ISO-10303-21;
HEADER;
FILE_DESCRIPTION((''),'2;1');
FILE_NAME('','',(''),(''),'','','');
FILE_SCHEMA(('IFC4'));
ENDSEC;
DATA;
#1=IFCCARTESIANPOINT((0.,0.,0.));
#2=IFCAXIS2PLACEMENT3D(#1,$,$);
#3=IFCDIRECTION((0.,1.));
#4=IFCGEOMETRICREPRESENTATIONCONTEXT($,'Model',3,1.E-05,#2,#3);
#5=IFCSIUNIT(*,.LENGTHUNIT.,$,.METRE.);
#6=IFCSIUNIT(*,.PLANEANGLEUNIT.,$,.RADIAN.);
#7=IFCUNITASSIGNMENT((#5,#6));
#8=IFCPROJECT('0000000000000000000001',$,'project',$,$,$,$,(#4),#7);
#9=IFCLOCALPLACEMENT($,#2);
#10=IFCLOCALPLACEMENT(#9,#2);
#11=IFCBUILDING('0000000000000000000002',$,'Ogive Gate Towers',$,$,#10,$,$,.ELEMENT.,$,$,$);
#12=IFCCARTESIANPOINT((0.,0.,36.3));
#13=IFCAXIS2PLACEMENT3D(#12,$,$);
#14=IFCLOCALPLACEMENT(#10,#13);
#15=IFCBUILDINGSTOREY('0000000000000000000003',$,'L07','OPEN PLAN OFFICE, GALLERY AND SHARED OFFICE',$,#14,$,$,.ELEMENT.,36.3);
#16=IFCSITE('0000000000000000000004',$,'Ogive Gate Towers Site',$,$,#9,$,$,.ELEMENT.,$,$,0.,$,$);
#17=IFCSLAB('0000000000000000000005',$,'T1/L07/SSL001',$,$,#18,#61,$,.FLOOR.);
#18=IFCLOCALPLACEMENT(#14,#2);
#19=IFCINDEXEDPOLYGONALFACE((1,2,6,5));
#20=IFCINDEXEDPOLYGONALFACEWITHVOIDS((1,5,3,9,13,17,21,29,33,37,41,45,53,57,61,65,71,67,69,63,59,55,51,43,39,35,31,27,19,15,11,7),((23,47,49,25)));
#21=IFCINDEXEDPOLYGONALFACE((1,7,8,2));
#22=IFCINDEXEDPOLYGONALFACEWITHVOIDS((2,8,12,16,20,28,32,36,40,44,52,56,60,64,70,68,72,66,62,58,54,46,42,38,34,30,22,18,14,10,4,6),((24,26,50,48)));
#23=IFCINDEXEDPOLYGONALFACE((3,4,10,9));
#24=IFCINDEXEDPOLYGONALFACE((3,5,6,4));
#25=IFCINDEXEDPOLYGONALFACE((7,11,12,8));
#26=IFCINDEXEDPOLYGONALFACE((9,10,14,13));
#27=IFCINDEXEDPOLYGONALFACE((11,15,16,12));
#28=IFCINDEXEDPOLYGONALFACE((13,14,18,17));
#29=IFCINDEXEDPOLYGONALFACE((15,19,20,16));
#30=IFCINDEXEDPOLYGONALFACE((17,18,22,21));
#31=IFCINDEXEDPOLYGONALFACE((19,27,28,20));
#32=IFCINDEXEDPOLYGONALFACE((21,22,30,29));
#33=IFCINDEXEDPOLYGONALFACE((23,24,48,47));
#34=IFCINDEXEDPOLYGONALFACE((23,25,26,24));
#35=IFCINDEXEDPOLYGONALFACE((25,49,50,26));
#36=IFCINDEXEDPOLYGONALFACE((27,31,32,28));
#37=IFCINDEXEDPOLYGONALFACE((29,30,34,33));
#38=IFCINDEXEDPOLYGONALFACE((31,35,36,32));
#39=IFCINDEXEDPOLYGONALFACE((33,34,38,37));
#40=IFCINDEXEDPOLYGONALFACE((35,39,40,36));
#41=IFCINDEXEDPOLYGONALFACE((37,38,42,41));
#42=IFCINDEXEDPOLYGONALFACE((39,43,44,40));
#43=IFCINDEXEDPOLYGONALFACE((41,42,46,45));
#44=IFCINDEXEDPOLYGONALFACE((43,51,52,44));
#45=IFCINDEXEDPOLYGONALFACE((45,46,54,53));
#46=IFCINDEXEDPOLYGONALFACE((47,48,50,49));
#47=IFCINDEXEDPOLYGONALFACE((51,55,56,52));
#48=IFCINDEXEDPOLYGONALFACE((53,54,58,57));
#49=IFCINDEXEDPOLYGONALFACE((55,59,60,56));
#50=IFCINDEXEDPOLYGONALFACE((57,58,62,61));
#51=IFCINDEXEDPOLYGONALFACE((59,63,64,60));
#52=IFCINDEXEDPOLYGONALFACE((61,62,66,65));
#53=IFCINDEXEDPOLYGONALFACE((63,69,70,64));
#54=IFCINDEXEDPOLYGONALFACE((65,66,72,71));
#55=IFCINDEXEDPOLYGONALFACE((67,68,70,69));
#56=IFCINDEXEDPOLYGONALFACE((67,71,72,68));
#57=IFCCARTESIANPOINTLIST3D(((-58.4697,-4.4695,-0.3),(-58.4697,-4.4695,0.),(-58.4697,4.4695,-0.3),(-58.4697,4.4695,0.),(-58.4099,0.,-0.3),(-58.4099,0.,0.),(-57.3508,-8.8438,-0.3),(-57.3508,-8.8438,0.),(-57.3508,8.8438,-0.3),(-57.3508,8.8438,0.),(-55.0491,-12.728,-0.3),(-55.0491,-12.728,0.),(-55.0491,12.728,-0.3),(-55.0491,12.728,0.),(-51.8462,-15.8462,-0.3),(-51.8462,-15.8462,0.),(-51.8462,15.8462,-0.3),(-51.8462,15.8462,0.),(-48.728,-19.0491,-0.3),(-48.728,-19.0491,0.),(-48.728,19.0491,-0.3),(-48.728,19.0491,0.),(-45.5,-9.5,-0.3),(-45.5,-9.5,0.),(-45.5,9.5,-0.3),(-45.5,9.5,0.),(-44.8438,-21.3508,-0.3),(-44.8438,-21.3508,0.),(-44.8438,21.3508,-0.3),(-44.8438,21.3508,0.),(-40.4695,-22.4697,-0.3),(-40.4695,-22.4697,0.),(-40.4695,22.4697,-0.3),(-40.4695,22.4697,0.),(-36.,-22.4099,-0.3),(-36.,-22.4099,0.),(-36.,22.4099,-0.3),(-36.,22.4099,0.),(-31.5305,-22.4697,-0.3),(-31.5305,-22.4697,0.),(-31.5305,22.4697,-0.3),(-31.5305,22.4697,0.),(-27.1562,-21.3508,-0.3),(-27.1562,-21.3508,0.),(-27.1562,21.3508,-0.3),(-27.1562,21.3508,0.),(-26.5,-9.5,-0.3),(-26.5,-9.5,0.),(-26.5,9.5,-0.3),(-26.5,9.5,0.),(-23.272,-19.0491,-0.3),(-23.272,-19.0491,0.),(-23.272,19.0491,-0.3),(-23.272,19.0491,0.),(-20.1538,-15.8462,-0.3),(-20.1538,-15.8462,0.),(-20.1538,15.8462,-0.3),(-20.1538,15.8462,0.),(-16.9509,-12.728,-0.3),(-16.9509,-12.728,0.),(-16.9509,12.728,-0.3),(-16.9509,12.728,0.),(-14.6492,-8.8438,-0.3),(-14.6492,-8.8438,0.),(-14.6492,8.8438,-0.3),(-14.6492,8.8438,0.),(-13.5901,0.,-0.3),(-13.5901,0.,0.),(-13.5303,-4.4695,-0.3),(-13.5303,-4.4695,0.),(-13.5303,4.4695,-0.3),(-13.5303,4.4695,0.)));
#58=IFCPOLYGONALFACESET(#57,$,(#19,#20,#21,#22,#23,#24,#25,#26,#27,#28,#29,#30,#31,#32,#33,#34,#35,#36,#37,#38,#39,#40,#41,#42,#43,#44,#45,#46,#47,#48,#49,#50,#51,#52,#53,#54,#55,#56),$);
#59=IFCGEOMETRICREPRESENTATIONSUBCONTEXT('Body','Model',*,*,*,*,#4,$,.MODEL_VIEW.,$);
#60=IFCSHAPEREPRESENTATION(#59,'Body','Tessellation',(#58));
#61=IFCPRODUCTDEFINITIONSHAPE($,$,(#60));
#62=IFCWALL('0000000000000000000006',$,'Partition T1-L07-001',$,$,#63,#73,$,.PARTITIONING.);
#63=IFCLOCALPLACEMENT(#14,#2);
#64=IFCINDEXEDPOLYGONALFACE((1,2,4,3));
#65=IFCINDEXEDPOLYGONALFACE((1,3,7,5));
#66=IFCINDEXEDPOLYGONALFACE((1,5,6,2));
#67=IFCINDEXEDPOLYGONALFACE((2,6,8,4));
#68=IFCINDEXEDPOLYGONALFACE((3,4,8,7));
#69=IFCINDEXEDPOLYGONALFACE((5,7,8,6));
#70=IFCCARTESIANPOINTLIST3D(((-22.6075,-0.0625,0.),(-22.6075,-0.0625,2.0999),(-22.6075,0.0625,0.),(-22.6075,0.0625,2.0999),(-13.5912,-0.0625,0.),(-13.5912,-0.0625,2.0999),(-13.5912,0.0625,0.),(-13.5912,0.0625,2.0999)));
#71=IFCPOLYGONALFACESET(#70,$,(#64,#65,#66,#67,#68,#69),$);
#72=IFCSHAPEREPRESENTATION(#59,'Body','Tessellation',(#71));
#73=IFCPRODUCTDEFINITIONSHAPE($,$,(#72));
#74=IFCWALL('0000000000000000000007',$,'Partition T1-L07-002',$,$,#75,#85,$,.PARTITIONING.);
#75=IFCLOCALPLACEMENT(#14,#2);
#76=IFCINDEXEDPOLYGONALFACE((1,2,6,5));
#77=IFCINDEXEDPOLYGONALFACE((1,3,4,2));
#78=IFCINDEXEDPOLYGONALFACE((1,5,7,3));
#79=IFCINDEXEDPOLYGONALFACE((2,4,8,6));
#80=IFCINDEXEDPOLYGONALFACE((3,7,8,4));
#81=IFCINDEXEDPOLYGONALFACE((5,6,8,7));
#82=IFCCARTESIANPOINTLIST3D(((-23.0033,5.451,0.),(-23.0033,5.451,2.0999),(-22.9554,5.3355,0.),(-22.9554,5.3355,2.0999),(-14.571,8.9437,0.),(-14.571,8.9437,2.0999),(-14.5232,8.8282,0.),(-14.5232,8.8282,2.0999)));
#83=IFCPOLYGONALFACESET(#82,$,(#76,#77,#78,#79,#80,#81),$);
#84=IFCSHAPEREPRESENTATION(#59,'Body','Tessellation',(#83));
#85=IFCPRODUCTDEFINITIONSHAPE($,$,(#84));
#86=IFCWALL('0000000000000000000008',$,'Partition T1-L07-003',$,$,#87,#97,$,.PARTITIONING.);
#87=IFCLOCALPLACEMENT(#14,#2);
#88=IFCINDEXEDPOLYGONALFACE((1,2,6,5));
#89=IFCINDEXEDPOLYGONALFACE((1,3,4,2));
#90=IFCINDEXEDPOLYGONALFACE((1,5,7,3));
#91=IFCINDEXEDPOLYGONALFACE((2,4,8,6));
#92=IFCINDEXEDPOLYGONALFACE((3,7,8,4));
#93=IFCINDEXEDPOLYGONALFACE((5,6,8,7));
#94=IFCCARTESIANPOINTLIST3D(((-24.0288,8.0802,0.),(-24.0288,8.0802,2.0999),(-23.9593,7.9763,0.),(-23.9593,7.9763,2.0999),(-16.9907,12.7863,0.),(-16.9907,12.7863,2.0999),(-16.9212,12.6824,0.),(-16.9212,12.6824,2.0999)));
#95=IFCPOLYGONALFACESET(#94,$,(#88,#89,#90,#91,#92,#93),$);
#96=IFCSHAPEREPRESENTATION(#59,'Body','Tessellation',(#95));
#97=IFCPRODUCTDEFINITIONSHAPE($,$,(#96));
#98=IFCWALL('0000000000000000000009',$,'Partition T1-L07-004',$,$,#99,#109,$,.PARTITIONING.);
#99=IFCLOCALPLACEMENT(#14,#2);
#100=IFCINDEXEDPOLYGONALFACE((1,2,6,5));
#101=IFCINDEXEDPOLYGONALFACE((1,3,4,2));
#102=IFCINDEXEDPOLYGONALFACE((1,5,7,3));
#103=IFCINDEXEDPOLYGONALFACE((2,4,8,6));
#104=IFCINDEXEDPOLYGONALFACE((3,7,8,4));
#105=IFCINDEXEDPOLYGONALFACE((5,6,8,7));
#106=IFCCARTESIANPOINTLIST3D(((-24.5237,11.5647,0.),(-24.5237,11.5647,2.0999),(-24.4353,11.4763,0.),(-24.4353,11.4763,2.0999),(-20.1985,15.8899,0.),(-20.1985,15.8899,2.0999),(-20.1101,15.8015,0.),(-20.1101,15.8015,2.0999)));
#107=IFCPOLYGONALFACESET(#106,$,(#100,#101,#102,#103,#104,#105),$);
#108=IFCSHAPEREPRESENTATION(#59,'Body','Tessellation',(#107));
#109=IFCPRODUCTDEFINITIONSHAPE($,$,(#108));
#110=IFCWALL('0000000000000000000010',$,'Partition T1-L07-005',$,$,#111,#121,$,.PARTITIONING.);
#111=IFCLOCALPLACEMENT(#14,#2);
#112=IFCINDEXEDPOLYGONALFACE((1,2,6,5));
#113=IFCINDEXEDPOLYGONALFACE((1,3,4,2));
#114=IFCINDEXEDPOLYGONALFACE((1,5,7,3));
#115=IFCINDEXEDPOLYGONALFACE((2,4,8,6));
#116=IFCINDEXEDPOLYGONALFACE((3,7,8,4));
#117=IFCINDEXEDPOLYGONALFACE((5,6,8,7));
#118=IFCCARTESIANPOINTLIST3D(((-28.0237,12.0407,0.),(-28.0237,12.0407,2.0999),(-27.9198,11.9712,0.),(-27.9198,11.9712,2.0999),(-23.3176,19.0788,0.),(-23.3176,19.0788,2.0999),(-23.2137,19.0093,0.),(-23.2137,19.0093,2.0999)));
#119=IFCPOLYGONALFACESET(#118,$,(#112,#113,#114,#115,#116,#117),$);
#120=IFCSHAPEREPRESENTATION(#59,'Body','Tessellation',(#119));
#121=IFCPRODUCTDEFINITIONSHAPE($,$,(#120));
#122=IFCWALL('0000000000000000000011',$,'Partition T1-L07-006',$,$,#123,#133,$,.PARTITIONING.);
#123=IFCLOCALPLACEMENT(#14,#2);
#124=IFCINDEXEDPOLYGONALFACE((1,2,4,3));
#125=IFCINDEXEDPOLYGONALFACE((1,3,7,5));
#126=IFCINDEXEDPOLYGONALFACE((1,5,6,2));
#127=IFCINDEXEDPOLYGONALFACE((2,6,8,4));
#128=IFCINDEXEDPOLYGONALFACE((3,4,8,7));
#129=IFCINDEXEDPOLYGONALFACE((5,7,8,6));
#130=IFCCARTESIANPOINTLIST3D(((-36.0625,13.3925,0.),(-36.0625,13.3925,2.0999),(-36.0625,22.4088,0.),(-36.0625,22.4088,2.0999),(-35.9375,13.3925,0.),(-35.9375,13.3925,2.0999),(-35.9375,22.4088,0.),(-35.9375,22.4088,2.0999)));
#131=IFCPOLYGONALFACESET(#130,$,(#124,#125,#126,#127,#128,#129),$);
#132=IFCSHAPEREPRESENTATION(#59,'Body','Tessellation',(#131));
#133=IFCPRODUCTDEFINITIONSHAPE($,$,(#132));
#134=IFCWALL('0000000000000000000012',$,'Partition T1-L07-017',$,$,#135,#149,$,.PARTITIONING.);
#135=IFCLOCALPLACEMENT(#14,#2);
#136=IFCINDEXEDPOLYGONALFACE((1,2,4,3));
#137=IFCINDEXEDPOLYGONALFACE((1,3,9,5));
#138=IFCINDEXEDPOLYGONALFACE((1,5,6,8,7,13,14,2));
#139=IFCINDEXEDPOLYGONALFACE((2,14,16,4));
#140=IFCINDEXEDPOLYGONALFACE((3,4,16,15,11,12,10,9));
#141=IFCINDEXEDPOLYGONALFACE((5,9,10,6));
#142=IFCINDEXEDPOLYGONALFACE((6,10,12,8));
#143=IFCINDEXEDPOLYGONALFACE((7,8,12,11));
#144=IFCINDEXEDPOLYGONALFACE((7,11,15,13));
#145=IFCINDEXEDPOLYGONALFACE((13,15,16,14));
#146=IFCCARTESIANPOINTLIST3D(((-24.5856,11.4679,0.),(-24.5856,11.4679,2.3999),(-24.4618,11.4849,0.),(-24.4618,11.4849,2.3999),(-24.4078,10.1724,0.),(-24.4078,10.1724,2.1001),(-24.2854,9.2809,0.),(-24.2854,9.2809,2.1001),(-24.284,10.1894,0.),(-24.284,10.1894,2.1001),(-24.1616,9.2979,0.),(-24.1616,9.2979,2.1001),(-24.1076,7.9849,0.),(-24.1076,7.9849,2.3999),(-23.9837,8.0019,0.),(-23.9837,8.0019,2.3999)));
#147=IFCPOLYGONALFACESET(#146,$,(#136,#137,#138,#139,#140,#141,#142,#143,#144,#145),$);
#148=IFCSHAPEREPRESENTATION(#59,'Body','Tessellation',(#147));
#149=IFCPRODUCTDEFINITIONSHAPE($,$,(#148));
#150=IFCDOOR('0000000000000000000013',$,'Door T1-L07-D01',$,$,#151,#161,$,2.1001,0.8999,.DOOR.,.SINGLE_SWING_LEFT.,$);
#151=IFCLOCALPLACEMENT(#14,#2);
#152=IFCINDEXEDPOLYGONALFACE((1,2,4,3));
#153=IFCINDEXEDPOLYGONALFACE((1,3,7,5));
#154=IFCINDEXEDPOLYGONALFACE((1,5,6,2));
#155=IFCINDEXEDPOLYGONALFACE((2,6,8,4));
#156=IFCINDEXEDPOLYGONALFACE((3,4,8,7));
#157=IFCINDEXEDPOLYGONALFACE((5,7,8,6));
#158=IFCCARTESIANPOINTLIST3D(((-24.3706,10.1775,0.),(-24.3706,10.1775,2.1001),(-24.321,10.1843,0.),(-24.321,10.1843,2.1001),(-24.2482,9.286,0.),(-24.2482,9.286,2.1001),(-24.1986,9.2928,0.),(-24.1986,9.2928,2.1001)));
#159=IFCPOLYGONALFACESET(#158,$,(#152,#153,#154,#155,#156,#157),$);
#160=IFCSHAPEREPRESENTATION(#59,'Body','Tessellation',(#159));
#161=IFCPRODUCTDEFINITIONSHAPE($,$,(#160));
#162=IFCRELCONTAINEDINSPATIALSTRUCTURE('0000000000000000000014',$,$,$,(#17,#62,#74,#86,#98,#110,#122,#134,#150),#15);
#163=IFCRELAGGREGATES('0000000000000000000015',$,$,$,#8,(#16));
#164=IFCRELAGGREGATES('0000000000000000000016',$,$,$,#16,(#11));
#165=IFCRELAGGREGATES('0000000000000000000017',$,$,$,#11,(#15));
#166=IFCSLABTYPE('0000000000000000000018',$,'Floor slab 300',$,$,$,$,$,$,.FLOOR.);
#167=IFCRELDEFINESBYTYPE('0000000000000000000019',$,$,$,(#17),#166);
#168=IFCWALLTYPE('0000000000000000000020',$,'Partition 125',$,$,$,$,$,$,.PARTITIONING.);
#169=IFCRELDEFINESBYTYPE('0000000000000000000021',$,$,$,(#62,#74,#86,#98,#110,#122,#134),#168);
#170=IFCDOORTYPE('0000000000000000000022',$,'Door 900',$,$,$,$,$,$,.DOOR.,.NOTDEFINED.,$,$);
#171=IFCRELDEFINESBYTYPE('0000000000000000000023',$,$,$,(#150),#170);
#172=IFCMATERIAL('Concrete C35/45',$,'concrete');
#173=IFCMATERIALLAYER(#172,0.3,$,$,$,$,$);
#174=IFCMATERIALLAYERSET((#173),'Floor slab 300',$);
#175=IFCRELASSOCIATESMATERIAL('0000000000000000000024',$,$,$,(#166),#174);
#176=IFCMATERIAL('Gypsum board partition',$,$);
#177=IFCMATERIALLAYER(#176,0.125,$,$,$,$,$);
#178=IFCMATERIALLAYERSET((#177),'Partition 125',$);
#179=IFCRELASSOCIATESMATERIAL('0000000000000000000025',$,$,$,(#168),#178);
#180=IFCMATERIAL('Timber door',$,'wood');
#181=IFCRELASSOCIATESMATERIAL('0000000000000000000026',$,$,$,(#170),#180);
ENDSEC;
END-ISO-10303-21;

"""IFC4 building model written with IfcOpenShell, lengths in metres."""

from ifc_helpers import new_model, si_unit, direction, frame, frame_2d, origin, place, context, subcontext, project, spatial, polyline, rectangle, outline, extrude, material, layer, layer_set, type_object, element, fill, save


model = new_model("IFC4")

# Units and contexts
model_context = context("Model", 3, precision=1e-05, world=origin(), true_north=direction((0.0, 1.0)))
body_context = subcontext(model_context, "Body", "Model", "MODEL_VIEW")
ifc_project = project(units=[si_unit("LENGTHUNIT", "METRE"), si_unit("PLANEANGLEUNIT", "RADIAN")], contexts=[model_context])

# Site, building, storey
site_placement = place(None, origin())
site = spatial("IfcSite", under=ifc_project, at=site_placement, Name="Ogive Gate Towers Site", CompositionType="ELEMENT", RefElevation=0.0)
building_placement = place(site_placement, origin())
building = spatial("IfcBuilding", under=site, at=building_placement, Name="Ogive Gate Towers", CompositionType="ELEMENT")
storey_placement = place(building_placement, frame((0.0, 0.0, 36.3)))
storey = spatial("IfcBuildingStorey", under=building, at=storey_placement, Name="L07", Description="OPEN PLAN OFFICE, GALLERY AND SHARED OFFICE", CompositionType="ELEMENT", Elevation=36.3)

# Slab
ifc_material_1 = material(Name="Concrete C35/45", Category="concrete")
ifc_layer_1 = layer(ifc_material_1, 0.3)
ifc_layer_set_1 = layer_set([ifc_layer_1], Name="Floor slab 300")
slab_type = type_object("IfcSlabType", Name="Floor slab 300", PredefinedType="FLOOR", material=ifc_layer_set_1)
slab_placement = place(storey_placement, frame((0.0, 0.0, -0.3)))
element("IfcSlab", 1, at=slab_placement, inside=storey, type_object=slab_type, Name="T1/L07/SSL001", PredefinedType="FLOOR", context=body_context, shape_type="SweptSolid", body=[
    extrude(outline(polyline([(-13.5303, -4.4695), (-13.5901, 0.0), (-13.5303, 4.4695), (-14.6492, 8.8438), (-16.9509, 12.728), (-20.1538, 15.8462), (-23.272, 19.0491), (-27.1562, 21.3508), (-31.5305, 22.4697), (-36.0, 22.4099), (-40.4695, 22.4697), (-44.8438, 21.3508), (-48.728, 19.0491), (-51.8462, 15.8462), (-55.0491, 12.728), (-57.3508, 8.8438), (-58.4697, 4.4695), (-58.4099, 0.0), (-58.4697, -4.4695), (-57.3508, -8.8438), (-55.0491, -12.728), (-51.8462, -15.8462), (-48.728, -19.0491), (-44.8438, -21.3508), (-40.4695, -22.4697), (-36.0, -22.4099), (-31.5305, -22.4697), (-27.1562, -21.3508), (-23.272, -19.0491), (-20.1538, -15.8462), (-16.9509, -12.728), (-14.6492, -8.8438), (-13.5303, -4.4695)]), holes=[polyline([(-26.5, -9.5), (-45.5, -9.5), (-45.5, 9.5), (-26.5, 9.5), (-26.5, -9.5)])]), origin(), (0.0, 0.0, 1.0), 0.3),
])

# Walls
ifc_material_2 = material(Name="Gypsum board partition")
ifc_layer_2 = layer(ifc_material_2, 0.125)
ifc_layer_set_2 = layer_set([ifc_layer_2], Name="Partition 125")
wall_type_1 = type_object("IfcWallType", Name="Partition 125", PredefinedType="PARTITIONING", material=ifc_layer_set_2)
wall_1_placement = place(storey_placement, frame((-13.5911, 0.0, 0.0), z_axis=(0.0, 0.0, 1.0), x_axis=(-1.0, 0.0, 0.0)))
element("IfcWall", 2, at=wall_1_placement, inside=storey, type_object=wall_type_1, Name="Partition T1-L07-001", PredefinedType="PARTITIONING", context=body_context, shape_type="SweptSolid", body=[
    extrude(rectangle(XDim=9.0164, YDim=0.125, at=frame_2d((4.5083, 0.0))), origin(), (0.0, 0.0, 1.0), 2.0999),
])
wall_2_placement = place(storey_placement, frame((-14.5471, 8.886, 0.0), z_axis=(0.0, 0.0, 1.0), x_axis=(-0.923881, -0.382681, 0.0)))
element("IfcWall", 3, at=wall_2_placement, inside=storey, type_object=wall_type_1, Name="Partition T1-L07-002", PredefinedType="PARTITIONING", context=body_context, shape_type="SweptSolid", body=[
    extrude(rectangle(XDim=9.127, YDim=0.125, at=frame_2d((4.5635, 0.0))), origin(), (0.0, 0.0, 1.0), 2.0999),
])
wall_3_placement = place(storey_placement, frame((-16.9558, 12.7344, 0.0), z_axis=(0.0, 0.0, 1.0), x_axis=(-0.831286, -0.555844, 0.0)))
element("IfcWall", 4, at=wall_3_placement, inside=storey, type_object=wall_type_1, Name="Partition T1-L07-003", PredefinedType="PARTITIONING", context=body_context, shape_type="SweptSolid", body=[
    extrude(rectangle(XDim=8.4666, YDim=0.125, at=frame_2d((4.2334, 0.0))), origin(), (0.0, 0.0, 1.0), 2.0999),
])
wall_4_placement = place(storey_placement, frame((-20.1543, 15.8457, 0.0), z_axis=(0.0, 0.0, 1.0), x_axis=(-0.707107, -0.707107, 0.0)))
element("IfcWall", 5, at=wall_4_placement, inside=storey, type_object=wall_type_1, Name="Partition T1-L07-004", PredefinedType="PARTITIONING", context=body_context, shape_type="SweptSolid", body=[
    extrude(rectangle(XDim=6.1167, YDim=0.125, at=frame_2d((3.0583, 0.0))), origin(), (0.0, 0.0, 1.0), 2.0999),
])
wall_5_placement = place(storey_placement, frame((-23.2656, 19.0442, 0.0), z_axis=(0.0, 0.0, 1.0), x_axis=(-0.555844, -0.831286, 0.0)))
element("IfcWall", 6, at=wall_5_placement, inside=storey, type_object=wall_type_1, Name="Partition T1-L07-005", PredefinedType="PARTITIONING", context=body_context, shape_type="SweptSolid", body=[
    extrude(rectangle(XDim=8.4666, YDim=0.125, at=frame_2d((4.2334, 0.0))), origin(), (0.0, 0.0, 1.0), 2.0999),
])
wall_6_placement = place(storey_placement, frame((-36.0, 22.4089, 0.0), z_axis=(0.0, 0.0, 1.0), x_axis=(0.0, -1.0, 0.0)))
element("IfcWall", 7, at=wall_6_placement, inside=storey, type_object=wall_type_1, Name="Partition T1-L07-006", PredefinedType="PARTITIONING", context=body_context, shape_type="SweptSolid", body=[
    extrude(rectangle(XDim=9.0164, YDim=0.125, at=frame_2d((4.5083, 0.0))), origin(), (0.0, 0.0, 1.0), 2.0999),
])

# Wall, opening, door
wall_7_placement = place(storey_placement, frame((-24.0457, 7.9934, 0.0), z_axis=(0.0, 0.0, 1.0), x_axis=(-0.135975, 0.990712, 0.0)))
wall_7 = element("IfcWall", 8, at=wall_7_placement, inside=storey, type_object=wall_type_1, Name="Partition T1-L07-017", PredefinedType="PARTITIONING", context=body_context, shape_type="SweptSolid", body=[
    extrude(rectangle(XDim=3.5156, YDim=0.125, at=frame_2d((1.7578, 0.0))), origin(), (0.0, 0.0, 1.0), 2.3999),
])
opening_1_placement = place(wall_7_placement, frame((1.3081, 0.0, 0.0)))
opening_1 = element("IfcOpeningElement", 9, at=opening_1_placement, cuts=wall_7, PredefinedType="OPENING", context=body_context, shape_type="SweptSolid", body=[
    extrude(rectangle(XDim=0.8999, YDim=2.1001, at=frame_2d((0.45, 1.05))), frame((0.0, 0.0725, 0.0), z_axis=(0.0, -1.0, 0.0), x_axis=(1.0, 0.0, 0.0)), (0.0, 0.0, 1.0), 0.145),
])
ifc_material_3 = material(Name="Timber door", Category="wood")
door_type_1 = type_object("IfcDoorType", Name="Door 900", OperationType="NOTDEFINED", PredefinedType="DOOR", material=ifc_material_3)
door_1_placement = place(opening_1_placement, origin())
door_1 = element("IfcDoor", 10, at=door_1_placement, inside=storey, type_object=door_type_1, Name="Door T1-L07-D01", OperationType="SINGLE_SWING_LEFT", OverallHeight=2.1001, OverallWidth=0.8999, PredefinedType="DOOR", context=body_context, shape_type="SweptSolid", body=[
    extrude(rectangle(XDim=0.8999, YDim=2.1001, at=frame_2d((0.45, 1.05))), frame((0.0, 0.0249, 0.0), z_axis=(0.0, -1.0, 0.0), x_axis=(1.0, 0.0, 0.0)), (0.0, 0.0, 1.0), 0.05),
])
fill(opening_1, door_1)

save(model, "model.ifc")
